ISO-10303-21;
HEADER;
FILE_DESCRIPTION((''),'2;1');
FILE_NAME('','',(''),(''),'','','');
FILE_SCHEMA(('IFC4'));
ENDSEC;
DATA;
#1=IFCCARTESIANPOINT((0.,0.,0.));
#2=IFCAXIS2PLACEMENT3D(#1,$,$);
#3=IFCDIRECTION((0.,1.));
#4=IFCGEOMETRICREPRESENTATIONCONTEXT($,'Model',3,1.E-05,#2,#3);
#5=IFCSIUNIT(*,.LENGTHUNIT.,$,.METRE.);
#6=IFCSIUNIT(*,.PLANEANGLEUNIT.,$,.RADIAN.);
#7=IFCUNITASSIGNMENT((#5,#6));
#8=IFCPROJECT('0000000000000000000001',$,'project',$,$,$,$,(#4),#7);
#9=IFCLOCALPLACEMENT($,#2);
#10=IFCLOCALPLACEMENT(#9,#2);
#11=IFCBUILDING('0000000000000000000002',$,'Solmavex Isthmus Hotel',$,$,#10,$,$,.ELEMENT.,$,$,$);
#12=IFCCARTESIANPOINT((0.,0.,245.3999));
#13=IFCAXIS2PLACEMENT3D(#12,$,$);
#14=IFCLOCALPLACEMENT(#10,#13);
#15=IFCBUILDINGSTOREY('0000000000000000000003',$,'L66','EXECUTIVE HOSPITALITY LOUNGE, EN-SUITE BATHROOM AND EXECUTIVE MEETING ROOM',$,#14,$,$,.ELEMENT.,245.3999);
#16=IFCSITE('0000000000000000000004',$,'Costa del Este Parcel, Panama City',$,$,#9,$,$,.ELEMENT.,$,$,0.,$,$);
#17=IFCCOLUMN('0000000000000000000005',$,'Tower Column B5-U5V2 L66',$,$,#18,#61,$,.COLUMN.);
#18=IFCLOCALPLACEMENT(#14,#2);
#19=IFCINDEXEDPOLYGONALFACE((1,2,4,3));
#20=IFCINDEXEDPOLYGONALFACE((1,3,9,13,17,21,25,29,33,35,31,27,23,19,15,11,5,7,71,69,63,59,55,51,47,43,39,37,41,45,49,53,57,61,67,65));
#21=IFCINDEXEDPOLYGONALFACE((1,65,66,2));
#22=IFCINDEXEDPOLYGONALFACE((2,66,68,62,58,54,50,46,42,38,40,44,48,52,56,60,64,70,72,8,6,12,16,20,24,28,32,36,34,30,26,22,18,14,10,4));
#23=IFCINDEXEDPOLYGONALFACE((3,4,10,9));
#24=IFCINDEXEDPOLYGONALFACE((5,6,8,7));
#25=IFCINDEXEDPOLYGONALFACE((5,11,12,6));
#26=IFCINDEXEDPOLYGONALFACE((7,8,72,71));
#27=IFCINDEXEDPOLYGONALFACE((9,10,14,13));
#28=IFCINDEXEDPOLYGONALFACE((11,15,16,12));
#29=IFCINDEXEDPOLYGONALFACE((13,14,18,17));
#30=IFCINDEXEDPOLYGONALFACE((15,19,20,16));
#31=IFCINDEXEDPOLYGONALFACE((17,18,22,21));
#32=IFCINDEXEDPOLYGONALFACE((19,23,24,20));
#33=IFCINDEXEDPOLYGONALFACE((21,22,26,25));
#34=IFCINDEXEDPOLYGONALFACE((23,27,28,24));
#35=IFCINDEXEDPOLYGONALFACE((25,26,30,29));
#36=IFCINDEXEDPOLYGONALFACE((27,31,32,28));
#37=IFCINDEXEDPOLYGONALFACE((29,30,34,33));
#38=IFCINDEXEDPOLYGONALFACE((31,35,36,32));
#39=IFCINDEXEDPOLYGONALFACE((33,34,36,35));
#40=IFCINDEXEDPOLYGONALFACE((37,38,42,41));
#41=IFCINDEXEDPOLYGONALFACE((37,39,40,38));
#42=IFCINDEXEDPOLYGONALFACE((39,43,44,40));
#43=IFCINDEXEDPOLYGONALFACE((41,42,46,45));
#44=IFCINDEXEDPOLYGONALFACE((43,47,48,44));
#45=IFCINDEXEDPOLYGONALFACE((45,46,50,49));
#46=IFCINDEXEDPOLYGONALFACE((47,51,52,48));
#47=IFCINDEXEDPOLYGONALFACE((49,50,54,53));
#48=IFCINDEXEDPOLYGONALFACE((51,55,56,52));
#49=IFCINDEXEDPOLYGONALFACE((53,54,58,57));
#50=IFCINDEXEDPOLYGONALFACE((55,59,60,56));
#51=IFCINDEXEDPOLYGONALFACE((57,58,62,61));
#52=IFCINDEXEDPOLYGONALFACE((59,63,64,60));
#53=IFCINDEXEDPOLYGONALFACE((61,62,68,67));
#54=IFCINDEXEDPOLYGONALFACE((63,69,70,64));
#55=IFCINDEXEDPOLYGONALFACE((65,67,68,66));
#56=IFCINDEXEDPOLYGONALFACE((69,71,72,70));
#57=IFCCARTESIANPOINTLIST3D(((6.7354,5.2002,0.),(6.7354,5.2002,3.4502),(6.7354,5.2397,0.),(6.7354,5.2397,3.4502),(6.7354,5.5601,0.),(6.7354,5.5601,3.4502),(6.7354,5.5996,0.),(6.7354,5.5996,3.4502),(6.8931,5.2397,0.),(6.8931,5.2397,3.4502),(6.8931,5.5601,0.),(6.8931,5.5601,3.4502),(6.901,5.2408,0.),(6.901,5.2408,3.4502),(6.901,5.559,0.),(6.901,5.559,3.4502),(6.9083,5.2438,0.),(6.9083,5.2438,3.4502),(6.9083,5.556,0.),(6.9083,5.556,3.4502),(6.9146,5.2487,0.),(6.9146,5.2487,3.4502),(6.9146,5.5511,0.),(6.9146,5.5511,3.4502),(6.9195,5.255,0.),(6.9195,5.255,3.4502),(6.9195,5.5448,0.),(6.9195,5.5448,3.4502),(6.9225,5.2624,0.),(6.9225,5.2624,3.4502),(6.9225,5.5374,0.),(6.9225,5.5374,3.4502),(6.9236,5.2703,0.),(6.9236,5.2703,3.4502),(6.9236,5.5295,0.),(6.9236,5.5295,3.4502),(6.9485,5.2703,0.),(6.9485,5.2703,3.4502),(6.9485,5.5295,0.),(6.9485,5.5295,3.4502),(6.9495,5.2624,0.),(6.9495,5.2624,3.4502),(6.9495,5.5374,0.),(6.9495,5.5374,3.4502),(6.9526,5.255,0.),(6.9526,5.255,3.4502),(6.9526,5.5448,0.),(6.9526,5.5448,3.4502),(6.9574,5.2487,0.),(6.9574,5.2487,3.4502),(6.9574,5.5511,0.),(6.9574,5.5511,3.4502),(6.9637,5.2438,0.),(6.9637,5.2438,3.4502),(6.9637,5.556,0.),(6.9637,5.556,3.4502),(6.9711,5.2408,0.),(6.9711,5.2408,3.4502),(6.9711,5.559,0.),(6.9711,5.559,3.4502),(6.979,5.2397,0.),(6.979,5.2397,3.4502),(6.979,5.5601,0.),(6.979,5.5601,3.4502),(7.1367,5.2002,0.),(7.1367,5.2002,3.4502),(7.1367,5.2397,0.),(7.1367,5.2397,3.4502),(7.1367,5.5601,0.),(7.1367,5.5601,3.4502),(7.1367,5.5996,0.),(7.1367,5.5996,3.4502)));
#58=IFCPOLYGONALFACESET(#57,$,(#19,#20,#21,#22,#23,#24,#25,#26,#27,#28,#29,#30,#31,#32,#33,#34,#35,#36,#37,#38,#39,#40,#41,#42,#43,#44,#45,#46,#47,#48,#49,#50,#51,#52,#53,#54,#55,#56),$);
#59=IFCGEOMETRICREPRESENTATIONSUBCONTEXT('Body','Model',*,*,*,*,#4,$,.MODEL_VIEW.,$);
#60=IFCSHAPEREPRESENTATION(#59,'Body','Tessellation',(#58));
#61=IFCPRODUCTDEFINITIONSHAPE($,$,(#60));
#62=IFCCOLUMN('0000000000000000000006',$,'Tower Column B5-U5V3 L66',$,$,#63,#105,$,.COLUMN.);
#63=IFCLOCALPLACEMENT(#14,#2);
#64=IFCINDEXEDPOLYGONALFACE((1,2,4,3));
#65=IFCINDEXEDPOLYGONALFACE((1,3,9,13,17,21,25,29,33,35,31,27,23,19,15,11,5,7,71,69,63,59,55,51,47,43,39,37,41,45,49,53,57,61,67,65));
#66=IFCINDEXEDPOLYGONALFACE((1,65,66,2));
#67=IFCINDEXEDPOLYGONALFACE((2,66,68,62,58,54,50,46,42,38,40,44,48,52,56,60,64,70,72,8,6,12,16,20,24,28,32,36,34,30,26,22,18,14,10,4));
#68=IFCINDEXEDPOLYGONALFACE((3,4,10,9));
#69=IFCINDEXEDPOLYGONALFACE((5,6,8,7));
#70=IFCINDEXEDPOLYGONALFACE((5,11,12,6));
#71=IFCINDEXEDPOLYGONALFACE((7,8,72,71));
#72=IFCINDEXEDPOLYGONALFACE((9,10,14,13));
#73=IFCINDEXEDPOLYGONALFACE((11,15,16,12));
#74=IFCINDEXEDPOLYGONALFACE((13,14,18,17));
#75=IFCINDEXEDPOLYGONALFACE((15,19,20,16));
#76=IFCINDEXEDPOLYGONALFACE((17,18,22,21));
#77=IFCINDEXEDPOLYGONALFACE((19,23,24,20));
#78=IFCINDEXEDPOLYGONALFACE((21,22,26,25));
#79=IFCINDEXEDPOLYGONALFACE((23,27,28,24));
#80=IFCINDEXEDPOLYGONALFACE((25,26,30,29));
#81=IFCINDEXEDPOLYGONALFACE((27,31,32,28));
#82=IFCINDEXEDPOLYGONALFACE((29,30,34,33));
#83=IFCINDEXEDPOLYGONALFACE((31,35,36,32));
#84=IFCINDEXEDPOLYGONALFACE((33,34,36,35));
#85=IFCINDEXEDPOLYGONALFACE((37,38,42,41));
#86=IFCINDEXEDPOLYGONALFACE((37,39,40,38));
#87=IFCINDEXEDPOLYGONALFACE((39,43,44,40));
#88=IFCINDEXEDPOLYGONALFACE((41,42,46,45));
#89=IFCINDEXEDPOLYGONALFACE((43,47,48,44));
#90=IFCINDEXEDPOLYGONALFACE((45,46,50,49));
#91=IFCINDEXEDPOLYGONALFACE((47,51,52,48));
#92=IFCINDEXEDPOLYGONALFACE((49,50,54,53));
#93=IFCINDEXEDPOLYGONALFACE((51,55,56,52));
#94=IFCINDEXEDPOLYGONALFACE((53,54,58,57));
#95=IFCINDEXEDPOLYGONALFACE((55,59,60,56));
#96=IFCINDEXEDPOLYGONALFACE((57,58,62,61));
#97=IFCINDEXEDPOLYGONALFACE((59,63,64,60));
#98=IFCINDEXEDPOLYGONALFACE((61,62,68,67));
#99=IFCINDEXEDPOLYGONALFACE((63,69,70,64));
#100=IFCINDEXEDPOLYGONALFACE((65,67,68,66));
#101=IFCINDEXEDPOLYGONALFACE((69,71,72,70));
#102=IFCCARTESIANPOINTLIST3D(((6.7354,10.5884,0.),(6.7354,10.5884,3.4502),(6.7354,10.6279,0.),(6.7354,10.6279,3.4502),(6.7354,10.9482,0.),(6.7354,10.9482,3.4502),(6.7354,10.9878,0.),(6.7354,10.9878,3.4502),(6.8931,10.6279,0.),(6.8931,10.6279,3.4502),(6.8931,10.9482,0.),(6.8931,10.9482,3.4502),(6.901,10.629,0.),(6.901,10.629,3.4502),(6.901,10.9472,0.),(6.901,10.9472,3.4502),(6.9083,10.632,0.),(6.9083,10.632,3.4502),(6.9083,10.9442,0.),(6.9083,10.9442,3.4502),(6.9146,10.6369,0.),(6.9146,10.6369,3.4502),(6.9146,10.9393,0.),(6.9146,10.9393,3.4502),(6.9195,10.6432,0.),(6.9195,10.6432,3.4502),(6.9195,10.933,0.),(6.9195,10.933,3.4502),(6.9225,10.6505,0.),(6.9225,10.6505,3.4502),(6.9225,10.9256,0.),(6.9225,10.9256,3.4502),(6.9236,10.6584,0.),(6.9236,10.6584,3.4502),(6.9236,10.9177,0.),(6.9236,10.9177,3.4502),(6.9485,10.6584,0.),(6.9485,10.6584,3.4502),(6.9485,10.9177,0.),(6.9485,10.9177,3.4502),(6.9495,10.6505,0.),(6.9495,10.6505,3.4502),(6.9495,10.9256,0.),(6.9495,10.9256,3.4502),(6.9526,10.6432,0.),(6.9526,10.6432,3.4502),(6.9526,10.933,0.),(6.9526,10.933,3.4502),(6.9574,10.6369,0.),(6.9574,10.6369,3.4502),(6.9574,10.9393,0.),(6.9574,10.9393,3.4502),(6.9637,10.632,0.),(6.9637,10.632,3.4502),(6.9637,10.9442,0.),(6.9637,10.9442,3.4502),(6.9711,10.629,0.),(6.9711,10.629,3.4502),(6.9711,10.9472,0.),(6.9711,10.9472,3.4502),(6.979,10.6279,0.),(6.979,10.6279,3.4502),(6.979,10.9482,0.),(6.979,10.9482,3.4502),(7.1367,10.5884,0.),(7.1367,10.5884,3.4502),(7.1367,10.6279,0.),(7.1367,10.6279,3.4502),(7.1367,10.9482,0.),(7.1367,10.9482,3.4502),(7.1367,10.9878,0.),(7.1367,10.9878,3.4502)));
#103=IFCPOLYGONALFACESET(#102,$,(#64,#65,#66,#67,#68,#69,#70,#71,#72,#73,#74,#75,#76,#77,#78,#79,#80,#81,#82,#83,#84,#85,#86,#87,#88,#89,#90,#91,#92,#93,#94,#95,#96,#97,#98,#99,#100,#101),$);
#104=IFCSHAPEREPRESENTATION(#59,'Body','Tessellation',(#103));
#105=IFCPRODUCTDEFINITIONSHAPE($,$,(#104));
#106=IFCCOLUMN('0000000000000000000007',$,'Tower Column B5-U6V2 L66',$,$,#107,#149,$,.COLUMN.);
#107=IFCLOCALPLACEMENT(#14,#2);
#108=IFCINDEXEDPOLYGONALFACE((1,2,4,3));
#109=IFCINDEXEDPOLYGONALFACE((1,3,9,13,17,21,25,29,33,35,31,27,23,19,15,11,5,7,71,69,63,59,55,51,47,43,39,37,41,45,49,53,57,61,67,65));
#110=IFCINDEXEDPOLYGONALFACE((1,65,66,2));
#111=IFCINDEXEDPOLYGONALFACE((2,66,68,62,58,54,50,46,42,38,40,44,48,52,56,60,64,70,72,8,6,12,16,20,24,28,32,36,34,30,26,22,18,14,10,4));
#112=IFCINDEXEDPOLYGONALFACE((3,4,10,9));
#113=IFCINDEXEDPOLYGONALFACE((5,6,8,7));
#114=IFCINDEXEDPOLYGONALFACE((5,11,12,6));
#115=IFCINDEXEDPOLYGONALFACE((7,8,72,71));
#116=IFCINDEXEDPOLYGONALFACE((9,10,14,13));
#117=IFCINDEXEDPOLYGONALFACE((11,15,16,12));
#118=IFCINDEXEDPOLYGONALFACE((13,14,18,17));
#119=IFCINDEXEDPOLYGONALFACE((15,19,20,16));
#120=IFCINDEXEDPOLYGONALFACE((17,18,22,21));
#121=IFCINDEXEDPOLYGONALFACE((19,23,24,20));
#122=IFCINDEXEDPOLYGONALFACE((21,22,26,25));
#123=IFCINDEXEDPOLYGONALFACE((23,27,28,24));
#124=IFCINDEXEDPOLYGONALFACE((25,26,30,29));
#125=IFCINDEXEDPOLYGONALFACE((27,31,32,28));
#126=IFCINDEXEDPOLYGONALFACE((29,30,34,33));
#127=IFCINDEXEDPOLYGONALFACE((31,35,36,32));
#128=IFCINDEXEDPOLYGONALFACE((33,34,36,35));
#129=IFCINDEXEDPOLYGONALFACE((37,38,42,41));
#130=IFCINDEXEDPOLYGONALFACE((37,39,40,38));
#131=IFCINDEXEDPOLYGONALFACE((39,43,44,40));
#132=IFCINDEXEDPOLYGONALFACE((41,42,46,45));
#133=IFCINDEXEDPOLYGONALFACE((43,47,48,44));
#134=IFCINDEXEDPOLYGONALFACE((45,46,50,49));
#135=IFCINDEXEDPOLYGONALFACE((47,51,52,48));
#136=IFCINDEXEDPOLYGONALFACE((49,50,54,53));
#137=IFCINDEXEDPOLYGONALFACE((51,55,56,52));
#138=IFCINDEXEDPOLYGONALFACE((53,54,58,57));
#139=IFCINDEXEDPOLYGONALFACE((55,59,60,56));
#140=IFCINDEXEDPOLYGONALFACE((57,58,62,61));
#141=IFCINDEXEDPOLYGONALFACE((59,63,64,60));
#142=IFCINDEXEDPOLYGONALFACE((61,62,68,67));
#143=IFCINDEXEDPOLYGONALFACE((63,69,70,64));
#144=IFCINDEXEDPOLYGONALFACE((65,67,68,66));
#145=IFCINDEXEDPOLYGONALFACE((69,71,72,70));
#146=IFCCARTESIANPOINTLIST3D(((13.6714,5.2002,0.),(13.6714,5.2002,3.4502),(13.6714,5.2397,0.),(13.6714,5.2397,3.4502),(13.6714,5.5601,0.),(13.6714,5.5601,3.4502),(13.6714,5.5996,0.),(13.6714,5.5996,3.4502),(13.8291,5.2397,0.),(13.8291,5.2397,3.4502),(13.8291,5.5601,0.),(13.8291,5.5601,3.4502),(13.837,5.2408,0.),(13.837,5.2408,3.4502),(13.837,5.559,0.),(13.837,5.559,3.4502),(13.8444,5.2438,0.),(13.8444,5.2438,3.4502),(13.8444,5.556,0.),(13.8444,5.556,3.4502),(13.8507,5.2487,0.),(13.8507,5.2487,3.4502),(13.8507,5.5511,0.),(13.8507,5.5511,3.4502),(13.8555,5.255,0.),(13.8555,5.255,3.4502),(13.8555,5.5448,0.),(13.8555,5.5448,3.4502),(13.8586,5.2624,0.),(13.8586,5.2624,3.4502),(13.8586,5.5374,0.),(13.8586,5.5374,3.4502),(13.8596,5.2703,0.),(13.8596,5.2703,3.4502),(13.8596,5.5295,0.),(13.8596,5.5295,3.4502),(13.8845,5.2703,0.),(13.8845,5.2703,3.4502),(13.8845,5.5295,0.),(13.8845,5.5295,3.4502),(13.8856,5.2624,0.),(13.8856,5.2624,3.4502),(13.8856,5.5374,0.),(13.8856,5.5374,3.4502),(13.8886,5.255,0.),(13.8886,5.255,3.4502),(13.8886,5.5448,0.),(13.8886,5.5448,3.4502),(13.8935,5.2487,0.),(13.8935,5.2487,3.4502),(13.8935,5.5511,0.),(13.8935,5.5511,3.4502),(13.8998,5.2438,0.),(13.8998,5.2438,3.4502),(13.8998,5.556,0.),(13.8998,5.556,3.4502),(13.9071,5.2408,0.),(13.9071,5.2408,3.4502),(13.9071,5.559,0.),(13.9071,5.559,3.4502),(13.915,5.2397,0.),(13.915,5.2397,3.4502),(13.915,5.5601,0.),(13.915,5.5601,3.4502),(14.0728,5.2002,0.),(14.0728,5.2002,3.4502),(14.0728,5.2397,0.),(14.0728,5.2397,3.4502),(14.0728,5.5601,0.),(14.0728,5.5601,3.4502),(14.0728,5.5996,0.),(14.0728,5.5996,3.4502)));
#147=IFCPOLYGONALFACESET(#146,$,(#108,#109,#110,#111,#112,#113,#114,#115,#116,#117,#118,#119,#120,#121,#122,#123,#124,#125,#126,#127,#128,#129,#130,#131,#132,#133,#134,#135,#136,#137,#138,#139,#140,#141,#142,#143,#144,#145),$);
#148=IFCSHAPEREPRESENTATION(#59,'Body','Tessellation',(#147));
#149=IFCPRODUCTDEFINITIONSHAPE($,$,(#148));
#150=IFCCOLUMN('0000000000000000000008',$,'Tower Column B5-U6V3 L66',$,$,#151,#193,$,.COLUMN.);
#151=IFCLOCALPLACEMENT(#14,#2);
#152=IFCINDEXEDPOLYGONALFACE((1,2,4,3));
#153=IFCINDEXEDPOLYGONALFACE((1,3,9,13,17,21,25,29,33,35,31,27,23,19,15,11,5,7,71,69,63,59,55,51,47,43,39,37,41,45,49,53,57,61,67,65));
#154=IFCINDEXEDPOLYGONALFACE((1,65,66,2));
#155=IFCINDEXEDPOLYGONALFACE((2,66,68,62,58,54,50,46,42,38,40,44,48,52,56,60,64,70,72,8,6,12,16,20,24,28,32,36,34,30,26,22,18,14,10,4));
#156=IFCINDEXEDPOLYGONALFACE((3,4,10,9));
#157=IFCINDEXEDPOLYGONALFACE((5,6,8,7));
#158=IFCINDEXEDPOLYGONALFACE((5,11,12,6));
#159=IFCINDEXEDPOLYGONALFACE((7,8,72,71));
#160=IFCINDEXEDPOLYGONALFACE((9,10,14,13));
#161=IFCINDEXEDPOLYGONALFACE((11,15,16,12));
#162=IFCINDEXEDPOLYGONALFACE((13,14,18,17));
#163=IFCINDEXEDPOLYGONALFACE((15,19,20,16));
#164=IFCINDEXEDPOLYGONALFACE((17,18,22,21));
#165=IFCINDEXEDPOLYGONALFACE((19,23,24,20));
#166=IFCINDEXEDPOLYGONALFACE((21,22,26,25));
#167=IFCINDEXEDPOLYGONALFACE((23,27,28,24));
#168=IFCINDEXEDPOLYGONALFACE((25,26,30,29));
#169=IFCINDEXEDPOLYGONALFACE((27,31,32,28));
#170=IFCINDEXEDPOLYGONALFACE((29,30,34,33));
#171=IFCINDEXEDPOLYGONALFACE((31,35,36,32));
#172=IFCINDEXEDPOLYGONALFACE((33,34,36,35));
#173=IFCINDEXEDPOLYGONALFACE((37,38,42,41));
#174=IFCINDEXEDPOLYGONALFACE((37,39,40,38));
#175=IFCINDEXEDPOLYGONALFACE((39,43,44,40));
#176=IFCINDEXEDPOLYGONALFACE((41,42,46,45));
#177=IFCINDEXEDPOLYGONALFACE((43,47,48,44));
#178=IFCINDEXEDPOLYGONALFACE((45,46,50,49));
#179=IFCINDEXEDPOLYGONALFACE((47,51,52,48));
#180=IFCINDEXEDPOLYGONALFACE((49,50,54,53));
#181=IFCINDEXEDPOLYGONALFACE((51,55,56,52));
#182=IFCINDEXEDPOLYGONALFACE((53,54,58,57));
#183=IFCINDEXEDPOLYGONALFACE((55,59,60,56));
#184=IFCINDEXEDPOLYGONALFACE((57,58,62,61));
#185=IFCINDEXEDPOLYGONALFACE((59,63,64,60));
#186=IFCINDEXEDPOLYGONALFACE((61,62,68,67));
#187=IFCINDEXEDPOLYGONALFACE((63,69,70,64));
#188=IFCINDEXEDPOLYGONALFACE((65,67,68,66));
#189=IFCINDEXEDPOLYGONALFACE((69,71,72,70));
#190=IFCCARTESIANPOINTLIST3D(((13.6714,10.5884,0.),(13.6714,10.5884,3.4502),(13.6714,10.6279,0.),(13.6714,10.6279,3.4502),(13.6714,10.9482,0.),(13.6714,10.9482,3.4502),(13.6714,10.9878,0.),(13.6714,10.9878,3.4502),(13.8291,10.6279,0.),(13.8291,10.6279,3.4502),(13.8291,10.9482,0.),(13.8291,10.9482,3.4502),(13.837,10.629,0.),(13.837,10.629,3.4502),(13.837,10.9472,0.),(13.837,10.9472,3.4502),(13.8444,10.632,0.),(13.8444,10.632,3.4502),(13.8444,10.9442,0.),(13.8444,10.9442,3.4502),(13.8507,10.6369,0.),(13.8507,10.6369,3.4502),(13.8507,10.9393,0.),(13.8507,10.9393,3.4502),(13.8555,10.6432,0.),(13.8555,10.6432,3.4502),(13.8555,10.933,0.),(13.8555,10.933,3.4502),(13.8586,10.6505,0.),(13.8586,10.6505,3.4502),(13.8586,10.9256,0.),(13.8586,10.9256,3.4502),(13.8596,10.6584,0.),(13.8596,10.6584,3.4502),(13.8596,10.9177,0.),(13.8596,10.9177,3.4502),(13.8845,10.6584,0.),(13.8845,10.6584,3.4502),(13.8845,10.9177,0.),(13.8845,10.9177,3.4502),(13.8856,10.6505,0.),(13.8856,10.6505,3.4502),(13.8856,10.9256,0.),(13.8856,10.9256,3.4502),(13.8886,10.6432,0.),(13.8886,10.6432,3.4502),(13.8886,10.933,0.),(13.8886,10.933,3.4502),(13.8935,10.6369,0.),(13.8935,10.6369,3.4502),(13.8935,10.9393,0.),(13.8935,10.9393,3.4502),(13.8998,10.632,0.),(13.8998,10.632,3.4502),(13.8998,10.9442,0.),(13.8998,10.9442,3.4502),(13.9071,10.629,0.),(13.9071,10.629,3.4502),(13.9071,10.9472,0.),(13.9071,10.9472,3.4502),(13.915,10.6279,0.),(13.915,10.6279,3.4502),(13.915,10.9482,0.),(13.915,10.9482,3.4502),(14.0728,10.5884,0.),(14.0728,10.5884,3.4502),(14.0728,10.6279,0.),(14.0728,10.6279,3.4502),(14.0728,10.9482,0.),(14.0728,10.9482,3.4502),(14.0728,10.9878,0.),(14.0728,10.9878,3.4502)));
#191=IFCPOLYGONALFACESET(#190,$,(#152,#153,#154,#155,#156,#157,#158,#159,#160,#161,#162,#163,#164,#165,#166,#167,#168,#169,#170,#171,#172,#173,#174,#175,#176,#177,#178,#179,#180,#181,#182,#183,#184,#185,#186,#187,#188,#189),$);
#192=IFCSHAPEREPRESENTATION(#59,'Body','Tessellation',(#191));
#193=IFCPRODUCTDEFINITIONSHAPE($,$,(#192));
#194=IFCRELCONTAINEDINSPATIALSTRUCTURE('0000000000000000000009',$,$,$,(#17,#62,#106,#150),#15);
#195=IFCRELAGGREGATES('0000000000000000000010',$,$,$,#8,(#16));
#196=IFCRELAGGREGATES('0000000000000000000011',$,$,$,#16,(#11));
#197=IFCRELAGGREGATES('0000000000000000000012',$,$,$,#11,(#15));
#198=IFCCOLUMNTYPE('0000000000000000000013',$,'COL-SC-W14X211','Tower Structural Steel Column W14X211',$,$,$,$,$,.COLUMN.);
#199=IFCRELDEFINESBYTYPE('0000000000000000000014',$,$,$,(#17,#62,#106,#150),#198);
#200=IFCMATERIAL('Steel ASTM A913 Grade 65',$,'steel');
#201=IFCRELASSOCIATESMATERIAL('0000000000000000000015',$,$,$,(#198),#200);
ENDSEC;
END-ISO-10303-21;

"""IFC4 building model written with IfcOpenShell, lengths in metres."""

from ifc_helpers import new_model, si_unit, direction, frame, origin, origin_2d, place, context, subcontext, project, spatial, i_section, extrude, material, material_profile, profile_set, type_object, element, save


model = new_model("IFC4")

# Units and contexts
model_context = context("Model", 3, precision=1e-05, world=origin(), true_north=direction((0.0, 1.0)))
body_context = subcontext(model_context, "Body", "Model", "MODEL_VIEW")
ifc_project = project(units=[si_unit("LENGTHUNIT", "METRE"), si_unit("PLANEANGLEUNIT", "RADIAN")], contexts=[model_context])

# Site, building, storey
site_placement = place(None, origin())
site = spatial("IfcSite", under=ifc_project, at=site_placement, Name="Costa del Este Parcel, Panama City", CompositionType="ELEMENT", RefElevation=0.0)
building_placement = place(site_placement, origin())
building = spatial("IfcBuilding", under=site, at=building_placement, Name="Solmavex Isthmus Hotel", CompositionType="ELEMENT")
storey_placement = place(building_placement, frame((0.0, 0.0, 245.3999)))
storey = spatial("IfcBuildingStorey", under=building, at=storey_placement, Name="L66", Description="EXECUTIVE HOSPITALITY LOUNGE, EN-SUITE BATHROOM AND EXECUTIVE MEETING ROOM", CompositionType="ELEMENT", Elevation=245.3999)

# Columns
ifc_material_1 = material(Name="Steel ASTM A913 Grade 65", Category="steel")
ifc_material_profile_1 = material_profile(ifc_material_1, i_section(OverallWidth=0.4014, OverallDepth=0.3994, WebThickness=0.0249, FlangeThickness=0.0396, FilletRadius=0.0305, at=origin_2d()), Name="W14X211")
ifc_profile_set_1 = profile_set([ifc_material_profile_1], Name="Steel ASTM A913 Grade 65")
column_type = type_object("IfcColumnType", Name="COL-SC-W14X211", Description="Tower Structural Steel Column W14X211", PredefinedType="COLUMN", material=ifc_profile_set_1)
for number, where, z_axis, x_axis, name in (
    (1, (6.936, 5.3999, 0.0), (0.0, 0.0, 1.0), (1.0, 0.0, 0.0), "Tower Column B5-U5V2 L66"),
    (2, (6.936, 10.7881, 0.0), (0.0, 0.0, 1.0), (1.0, 0.0, 0.0), "Tower Column B5-U5V3 L66"),
    (3, (13.8721, 5.3999, 0.0), (0.0, 0.0, 1.0), (1.0, 0.0, 0.0), "Tower Column B5-U6V2 L66"),
    (4, (13.8721, 10.7881, 0.0), (0.0, 0.0, 1.0), (1.0, 0.0, 0.0), "Tower Column B5-U6V3 L66"),
):
    element("IfcColumn", number, at=place(storey_placement, frame(where, z_axis=z_axis, x_axis=x_axis)), inside=storey, type_object=column_type, Name=name, PredefinedType="COLUMN", context=body_context, shape_type="SweptSolid", body=[
        extrude(i_section(OverallWidth=0.4014, OverallDepth=0.3994, WebThickness=0.0249, FlangeThickness=0.0396, FilletRadius=0.0305, at=origin_2d()), origin(), (0.0, 0.0, 1.0), 3.4502),
    ])

save(model, "model.ifc")
